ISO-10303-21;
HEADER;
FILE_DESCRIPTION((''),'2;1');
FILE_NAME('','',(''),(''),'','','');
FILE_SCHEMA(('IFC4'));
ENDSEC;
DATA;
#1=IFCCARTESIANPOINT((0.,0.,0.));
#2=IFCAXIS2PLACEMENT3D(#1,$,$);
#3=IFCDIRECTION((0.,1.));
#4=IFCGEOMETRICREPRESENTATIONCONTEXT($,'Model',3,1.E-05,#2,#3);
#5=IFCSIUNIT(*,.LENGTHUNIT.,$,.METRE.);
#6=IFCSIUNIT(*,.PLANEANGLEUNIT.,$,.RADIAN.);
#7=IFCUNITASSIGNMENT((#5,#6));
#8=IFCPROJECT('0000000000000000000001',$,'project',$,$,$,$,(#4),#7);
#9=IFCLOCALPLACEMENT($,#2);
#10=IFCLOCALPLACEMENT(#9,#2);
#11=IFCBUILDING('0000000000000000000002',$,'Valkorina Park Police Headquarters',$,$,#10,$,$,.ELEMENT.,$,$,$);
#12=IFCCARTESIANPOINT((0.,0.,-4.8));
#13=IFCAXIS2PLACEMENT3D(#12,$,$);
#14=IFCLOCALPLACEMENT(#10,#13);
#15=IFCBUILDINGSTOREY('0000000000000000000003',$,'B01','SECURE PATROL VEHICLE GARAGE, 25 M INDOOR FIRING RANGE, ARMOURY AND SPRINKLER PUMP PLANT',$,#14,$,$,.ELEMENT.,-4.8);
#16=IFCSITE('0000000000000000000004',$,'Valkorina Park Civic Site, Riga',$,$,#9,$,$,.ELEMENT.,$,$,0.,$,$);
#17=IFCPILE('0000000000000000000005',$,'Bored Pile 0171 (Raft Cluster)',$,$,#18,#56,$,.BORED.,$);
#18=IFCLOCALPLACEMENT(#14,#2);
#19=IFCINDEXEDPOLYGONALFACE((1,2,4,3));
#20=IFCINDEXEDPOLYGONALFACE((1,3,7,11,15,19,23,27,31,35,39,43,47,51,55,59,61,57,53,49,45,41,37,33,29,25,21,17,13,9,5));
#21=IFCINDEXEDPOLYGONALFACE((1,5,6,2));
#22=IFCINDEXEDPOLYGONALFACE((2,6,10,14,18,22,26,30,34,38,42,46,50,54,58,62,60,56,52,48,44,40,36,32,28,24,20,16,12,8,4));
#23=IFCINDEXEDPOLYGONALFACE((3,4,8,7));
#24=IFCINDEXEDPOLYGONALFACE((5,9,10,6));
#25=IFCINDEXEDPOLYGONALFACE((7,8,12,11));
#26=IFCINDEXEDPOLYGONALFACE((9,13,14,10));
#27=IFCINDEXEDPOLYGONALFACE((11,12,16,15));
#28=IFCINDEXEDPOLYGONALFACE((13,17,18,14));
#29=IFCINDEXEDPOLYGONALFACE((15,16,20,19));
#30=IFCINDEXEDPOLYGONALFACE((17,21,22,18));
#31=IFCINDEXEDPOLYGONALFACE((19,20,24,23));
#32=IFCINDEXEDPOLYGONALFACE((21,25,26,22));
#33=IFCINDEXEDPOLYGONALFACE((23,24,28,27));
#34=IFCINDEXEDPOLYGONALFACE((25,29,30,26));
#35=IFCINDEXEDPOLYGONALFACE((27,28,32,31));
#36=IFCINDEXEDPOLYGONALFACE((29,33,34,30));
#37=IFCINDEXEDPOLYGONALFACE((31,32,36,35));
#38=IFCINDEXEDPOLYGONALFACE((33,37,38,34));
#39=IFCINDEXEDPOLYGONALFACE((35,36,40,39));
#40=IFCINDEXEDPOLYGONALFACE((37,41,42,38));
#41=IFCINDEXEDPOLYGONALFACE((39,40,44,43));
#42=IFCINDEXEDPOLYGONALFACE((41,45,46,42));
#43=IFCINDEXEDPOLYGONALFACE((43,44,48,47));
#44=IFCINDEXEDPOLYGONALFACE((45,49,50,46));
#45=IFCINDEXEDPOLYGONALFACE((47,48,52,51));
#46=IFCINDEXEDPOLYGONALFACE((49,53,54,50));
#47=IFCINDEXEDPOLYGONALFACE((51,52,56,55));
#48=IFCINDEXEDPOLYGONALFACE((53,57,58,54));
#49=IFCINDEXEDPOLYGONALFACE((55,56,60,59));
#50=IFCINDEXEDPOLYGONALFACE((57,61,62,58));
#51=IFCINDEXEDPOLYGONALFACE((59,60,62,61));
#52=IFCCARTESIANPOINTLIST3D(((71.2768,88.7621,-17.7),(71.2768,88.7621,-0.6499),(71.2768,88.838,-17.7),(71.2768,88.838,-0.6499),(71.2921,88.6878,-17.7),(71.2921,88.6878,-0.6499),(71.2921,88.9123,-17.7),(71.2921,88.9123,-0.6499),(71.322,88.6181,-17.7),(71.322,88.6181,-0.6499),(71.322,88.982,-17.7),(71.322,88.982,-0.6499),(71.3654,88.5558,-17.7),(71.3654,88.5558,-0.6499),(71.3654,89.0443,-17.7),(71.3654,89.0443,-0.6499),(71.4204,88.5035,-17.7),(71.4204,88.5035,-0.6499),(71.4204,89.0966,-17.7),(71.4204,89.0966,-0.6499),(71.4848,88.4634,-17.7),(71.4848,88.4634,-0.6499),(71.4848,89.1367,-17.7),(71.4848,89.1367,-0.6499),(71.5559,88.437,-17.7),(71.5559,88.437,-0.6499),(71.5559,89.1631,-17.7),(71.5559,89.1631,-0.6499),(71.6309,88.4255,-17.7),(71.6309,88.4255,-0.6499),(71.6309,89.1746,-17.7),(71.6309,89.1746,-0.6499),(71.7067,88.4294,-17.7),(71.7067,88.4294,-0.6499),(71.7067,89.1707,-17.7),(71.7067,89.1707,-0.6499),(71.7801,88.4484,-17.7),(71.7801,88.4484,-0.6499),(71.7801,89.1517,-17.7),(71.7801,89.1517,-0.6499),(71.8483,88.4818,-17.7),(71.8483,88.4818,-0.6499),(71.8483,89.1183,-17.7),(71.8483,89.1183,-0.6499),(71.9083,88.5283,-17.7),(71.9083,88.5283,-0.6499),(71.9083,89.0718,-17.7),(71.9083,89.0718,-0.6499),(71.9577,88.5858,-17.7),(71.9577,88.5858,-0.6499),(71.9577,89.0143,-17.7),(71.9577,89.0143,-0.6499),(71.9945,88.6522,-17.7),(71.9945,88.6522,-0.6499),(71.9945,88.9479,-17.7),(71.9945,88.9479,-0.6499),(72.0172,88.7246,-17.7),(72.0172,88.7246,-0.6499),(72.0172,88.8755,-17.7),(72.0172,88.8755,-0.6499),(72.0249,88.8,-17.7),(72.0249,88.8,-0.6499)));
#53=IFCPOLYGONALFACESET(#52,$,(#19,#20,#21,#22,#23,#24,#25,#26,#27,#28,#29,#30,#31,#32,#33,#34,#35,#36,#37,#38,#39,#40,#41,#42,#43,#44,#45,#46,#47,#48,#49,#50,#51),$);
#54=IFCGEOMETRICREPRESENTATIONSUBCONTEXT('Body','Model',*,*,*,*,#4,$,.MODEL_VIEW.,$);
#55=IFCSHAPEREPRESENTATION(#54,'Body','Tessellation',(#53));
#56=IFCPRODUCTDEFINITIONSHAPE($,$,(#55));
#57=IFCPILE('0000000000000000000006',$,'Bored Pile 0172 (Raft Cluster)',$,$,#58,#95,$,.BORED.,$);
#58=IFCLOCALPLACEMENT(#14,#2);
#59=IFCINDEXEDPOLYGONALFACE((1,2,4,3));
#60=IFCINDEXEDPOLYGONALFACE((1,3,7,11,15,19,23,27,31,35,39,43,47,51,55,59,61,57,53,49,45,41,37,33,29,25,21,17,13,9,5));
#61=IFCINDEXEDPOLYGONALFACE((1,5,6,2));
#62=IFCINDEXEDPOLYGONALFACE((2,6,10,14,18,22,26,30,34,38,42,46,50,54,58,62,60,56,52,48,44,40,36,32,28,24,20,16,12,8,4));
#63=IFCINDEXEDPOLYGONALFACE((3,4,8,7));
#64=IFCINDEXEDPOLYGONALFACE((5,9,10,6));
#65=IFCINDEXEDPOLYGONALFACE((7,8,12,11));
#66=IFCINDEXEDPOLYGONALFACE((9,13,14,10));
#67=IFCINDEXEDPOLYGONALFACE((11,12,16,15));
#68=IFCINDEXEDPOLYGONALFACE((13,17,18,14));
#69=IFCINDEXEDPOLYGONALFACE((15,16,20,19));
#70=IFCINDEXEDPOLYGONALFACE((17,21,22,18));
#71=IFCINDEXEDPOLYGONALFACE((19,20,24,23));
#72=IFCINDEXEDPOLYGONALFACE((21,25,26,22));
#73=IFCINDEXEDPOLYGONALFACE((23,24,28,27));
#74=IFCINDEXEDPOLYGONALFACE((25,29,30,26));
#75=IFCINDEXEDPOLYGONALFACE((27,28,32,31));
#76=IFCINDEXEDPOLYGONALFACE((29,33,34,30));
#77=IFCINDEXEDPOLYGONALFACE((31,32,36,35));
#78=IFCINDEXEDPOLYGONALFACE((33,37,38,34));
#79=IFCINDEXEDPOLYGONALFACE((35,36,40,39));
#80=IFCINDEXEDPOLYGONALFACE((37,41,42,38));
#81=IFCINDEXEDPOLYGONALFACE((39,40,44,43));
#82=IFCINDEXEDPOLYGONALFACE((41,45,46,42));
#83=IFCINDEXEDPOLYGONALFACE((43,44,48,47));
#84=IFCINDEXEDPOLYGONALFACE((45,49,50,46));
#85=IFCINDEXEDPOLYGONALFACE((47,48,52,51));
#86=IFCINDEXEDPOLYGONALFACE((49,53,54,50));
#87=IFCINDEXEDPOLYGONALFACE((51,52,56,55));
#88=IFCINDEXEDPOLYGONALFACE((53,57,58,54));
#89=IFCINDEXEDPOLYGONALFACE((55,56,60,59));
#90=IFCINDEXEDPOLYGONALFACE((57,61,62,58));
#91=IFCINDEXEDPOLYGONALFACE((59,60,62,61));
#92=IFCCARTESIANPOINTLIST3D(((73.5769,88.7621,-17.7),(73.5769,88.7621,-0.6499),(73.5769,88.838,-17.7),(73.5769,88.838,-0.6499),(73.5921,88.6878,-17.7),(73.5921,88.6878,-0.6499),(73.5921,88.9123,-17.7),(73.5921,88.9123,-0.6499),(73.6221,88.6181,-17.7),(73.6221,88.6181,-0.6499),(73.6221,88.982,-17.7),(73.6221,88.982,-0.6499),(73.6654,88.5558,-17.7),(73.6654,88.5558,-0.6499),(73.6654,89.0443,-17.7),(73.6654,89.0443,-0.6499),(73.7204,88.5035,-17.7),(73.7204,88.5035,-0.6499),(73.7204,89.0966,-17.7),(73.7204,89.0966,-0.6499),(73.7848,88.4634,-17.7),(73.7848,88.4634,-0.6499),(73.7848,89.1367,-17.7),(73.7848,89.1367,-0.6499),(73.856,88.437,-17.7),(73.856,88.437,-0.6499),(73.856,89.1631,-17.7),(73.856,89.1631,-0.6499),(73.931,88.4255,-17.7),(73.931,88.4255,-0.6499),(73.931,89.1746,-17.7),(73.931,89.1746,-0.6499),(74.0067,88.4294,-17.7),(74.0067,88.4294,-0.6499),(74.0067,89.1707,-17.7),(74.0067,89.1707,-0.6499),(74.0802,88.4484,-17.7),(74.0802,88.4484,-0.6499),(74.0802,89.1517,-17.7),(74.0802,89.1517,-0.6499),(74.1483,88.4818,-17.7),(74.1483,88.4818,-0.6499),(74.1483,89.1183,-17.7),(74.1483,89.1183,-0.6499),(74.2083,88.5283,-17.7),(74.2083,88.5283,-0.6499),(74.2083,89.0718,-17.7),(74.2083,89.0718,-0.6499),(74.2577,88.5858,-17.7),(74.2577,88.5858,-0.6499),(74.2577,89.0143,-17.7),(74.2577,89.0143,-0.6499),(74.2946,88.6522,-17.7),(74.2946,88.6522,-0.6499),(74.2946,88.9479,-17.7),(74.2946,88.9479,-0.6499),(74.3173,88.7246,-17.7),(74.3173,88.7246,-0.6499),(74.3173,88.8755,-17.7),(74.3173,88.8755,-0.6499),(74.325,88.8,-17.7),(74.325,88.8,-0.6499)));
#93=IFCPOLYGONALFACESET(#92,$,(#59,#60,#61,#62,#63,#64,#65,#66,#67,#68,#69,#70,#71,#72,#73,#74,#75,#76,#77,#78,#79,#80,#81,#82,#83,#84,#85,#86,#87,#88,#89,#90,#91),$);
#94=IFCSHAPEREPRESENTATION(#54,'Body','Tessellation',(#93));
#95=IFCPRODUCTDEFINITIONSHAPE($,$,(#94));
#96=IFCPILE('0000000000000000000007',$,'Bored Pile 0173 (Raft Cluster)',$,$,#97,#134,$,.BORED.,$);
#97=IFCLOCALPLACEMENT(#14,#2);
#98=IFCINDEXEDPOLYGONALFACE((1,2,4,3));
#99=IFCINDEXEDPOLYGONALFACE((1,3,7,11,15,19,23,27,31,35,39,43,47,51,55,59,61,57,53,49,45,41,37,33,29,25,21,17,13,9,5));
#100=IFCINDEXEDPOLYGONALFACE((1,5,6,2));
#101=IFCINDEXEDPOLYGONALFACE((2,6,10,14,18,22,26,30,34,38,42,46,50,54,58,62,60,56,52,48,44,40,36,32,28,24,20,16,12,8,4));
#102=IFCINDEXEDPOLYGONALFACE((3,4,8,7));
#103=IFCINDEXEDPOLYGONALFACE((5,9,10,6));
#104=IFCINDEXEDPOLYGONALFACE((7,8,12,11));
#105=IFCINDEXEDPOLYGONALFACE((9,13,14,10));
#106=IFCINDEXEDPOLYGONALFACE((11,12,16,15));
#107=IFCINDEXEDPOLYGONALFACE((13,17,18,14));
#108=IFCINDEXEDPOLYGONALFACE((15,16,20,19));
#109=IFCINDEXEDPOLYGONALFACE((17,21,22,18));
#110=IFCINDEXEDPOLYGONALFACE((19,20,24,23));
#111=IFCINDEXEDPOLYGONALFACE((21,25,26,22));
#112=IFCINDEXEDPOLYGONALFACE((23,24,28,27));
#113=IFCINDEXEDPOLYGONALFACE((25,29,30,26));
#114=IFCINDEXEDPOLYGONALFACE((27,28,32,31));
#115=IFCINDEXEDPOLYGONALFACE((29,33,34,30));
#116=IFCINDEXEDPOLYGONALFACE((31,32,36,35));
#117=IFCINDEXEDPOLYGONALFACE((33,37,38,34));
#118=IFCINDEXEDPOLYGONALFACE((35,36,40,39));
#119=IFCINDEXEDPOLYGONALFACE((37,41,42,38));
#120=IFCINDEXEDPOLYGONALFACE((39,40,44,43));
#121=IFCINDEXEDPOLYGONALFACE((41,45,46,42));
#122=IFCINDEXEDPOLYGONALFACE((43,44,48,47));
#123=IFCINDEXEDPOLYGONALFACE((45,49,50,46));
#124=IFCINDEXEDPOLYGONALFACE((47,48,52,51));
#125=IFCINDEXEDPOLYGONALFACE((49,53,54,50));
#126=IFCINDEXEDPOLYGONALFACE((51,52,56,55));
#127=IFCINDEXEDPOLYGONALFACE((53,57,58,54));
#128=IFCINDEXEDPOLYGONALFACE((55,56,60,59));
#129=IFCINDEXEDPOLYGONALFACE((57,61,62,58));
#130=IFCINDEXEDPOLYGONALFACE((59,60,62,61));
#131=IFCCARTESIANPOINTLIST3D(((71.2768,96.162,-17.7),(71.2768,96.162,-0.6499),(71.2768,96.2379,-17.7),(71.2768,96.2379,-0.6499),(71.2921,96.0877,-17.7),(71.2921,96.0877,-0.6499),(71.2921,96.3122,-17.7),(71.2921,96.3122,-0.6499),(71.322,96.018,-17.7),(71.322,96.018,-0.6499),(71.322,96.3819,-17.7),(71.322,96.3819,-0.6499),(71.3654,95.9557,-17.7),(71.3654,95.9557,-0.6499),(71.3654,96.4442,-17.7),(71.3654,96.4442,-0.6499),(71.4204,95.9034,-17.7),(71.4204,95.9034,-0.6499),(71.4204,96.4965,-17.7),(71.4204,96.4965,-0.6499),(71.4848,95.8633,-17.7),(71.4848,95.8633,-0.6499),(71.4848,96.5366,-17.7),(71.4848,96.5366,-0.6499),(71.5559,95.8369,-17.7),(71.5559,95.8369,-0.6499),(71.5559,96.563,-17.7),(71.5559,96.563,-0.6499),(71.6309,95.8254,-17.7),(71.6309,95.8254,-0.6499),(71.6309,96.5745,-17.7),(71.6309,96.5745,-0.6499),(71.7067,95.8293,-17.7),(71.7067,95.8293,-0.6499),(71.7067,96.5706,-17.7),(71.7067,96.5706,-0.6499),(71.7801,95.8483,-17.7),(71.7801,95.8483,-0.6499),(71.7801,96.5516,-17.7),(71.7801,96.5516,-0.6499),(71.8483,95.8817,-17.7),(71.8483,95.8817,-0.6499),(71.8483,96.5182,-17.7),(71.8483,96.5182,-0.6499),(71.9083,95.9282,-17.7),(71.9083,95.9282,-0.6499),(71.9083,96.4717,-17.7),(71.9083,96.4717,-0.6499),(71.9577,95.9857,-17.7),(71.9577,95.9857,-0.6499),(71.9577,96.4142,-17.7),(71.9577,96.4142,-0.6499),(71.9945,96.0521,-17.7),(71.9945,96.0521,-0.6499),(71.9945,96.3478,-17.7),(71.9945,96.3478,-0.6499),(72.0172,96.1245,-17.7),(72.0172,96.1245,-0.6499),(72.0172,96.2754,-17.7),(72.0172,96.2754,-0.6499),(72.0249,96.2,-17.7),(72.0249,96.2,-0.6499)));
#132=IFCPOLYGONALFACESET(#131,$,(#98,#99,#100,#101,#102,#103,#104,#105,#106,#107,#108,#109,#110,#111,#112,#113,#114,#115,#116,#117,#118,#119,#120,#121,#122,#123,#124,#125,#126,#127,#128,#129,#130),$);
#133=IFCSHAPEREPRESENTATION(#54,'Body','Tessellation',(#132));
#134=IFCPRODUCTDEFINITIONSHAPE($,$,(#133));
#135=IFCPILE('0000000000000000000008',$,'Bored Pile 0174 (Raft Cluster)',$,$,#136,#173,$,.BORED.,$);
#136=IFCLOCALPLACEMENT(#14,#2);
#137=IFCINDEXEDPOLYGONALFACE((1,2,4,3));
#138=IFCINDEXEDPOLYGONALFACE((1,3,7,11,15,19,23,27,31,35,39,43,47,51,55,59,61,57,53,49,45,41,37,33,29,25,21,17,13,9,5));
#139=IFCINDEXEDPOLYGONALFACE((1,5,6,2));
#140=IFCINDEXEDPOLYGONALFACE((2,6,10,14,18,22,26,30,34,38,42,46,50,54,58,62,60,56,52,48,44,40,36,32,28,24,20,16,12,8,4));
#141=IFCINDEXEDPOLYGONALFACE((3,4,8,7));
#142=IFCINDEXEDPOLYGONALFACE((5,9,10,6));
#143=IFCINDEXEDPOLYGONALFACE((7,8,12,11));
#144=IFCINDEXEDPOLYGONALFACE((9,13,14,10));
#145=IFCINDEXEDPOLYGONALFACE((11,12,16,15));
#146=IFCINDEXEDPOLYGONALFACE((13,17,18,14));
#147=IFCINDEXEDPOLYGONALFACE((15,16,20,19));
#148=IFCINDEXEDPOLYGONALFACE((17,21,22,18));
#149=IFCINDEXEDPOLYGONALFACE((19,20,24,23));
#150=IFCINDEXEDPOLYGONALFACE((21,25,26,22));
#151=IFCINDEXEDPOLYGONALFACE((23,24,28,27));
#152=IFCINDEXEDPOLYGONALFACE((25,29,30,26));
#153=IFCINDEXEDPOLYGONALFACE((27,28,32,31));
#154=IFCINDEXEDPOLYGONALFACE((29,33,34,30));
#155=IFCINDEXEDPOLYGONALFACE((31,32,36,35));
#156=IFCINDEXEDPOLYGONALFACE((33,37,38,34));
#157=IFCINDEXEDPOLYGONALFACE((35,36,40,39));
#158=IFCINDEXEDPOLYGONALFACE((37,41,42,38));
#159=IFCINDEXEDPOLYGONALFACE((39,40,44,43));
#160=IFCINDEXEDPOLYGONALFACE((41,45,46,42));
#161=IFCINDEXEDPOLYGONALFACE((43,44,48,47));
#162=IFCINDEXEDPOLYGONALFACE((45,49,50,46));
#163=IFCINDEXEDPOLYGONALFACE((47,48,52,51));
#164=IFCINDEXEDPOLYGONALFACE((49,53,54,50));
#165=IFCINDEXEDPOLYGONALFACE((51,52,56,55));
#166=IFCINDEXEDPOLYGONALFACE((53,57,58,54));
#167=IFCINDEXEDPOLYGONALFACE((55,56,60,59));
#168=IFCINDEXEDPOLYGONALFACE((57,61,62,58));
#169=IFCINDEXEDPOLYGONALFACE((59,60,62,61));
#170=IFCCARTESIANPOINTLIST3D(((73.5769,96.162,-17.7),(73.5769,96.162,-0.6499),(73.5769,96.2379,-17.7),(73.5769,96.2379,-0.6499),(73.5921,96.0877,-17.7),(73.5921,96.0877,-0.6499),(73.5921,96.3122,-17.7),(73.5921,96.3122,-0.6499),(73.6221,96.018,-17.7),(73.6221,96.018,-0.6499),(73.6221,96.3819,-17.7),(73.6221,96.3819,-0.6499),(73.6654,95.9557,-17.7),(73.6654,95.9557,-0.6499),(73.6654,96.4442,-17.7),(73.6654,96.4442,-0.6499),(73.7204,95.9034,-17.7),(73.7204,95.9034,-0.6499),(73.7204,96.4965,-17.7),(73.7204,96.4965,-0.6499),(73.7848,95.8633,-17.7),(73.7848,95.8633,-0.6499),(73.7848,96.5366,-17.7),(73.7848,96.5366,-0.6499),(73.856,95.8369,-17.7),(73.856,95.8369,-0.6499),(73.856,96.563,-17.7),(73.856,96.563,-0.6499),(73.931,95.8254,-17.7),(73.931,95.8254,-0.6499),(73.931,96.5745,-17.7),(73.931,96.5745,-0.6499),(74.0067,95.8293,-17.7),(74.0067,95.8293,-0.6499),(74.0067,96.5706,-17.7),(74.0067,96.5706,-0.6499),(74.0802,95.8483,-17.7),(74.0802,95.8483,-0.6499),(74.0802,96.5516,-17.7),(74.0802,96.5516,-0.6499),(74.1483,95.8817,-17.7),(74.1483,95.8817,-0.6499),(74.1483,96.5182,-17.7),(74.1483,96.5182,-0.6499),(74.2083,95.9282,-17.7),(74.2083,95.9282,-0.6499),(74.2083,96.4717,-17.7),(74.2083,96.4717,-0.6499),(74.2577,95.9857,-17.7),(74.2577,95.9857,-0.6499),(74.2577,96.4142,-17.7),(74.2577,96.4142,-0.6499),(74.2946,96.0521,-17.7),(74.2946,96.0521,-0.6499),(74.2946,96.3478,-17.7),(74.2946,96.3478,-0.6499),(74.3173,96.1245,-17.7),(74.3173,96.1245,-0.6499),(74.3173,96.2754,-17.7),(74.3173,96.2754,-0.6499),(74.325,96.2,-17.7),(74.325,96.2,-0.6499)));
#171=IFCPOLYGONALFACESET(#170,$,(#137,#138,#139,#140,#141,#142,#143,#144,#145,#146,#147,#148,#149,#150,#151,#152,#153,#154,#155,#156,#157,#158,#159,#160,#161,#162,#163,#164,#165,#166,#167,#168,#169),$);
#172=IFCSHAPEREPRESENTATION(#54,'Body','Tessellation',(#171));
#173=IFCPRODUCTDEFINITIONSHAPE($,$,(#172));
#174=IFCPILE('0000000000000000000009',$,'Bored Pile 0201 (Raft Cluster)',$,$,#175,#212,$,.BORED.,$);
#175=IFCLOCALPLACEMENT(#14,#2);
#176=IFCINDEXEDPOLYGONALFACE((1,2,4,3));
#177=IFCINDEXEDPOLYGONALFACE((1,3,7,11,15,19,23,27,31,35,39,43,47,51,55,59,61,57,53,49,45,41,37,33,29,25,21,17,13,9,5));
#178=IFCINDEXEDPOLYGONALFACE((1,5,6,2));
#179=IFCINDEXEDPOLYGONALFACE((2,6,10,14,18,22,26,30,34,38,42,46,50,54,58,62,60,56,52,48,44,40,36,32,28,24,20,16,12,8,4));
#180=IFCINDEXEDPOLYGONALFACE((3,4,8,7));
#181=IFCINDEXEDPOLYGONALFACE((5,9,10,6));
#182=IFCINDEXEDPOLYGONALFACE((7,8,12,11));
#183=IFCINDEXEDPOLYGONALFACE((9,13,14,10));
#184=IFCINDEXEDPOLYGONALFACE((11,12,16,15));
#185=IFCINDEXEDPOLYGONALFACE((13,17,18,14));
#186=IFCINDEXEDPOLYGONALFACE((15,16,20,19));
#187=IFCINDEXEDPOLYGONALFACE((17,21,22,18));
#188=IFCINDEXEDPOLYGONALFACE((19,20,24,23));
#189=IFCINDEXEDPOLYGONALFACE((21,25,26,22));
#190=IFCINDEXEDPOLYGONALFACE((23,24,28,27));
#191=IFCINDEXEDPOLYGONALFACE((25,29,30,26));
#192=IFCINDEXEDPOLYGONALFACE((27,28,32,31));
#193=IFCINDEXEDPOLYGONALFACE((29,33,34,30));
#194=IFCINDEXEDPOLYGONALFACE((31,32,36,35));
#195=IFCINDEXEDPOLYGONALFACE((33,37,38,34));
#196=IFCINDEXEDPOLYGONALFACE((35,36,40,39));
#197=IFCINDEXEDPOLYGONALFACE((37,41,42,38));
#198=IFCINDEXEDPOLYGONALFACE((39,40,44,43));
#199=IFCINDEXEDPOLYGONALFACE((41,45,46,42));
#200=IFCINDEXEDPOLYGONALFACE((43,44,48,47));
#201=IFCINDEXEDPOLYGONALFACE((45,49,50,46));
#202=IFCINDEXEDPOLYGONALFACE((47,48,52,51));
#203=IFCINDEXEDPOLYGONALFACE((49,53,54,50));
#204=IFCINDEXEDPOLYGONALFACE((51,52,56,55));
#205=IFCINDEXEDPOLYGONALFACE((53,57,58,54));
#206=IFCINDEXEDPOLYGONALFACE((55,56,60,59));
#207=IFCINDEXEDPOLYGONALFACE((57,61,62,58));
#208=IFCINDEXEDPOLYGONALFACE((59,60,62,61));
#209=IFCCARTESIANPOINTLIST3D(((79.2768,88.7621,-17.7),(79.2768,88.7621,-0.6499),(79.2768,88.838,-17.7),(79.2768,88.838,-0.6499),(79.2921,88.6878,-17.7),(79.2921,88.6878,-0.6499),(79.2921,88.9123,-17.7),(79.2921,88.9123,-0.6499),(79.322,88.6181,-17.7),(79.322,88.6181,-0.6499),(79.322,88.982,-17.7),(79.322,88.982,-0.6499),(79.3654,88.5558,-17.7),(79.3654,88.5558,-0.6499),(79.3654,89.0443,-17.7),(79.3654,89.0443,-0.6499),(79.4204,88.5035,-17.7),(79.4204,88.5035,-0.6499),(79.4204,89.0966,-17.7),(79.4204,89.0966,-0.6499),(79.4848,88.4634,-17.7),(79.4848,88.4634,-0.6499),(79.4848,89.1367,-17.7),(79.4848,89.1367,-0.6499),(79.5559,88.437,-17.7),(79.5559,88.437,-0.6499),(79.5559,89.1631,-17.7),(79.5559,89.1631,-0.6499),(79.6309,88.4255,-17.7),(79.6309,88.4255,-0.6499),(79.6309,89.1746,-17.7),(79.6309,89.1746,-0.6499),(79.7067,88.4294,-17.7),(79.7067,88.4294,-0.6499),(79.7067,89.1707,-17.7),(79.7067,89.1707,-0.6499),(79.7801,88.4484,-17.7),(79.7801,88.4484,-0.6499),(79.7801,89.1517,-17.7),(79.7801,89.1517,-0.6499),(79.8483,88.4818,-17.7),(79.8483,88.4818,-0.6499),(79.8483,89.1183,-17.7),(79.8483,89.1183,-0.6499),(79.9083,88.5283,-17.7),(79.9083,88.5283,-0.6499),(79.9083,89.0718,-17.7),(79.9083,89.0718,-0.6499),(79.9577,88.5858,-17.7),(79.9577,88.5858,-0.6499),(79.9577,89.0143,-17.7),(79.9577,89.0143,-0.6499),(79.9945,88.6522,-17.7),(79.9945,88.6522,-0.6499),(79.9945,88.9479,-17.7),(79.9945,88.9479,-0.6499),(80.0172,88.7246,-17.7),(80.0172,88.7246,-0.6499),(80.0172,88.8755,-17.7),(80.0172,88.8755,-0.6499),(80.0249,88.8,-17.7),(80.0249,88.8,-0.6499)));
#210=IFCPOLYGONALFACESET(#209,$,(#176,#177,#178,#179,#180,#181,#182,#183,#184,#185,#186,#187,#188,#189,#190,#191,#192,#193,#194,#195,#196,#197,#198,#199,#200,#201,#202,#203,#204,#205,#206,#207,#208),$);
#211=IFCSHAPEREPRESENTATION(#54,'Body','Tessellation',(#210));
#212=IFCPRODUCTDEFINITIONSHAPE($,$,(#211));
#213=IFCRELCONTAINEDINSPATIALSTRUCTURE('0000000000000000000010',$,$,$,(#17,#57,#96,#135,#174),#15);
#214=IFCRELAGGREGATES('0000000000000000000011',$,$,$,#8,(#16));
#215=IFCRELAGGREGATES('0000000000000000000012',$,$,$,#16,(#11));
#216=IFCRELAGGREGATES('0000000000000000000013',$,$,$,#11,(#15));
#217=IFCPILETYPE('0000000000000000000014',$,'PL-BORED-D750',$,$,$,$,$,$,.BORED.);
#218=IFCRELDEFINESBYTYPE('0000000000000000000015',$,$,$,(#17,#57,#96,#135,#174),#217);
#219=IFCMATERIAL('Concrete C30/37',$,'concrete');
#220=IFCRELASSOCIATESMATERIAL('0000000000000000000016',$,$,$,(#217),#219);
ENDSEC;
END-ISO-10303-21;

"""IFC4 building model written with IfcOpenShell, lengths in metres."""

from ifc_helpers import new_model, si_unit, direction, frame, origin, origin_2d, place, context, subcontext, project, spatial, circle, extrude, material, material_profile, profile_set, type_object, element, save


model = new_model("IFC4")

# Units and contexts
model_context = context("Model", 3, precision=1e-05, world=origin(), true_north=direction((0.0, 1.0)))
body_context = subcontext(model_context, "Body", "Model", "MODEL_VIEW")
ifc_project = project(units=[si_unit("LENGTHUNIT", "METRE"), si_unit("PLANEANGLEUNIT", "RADIAN")], contexts=[model_context])

# Site, building, storey
site_placement = place(None, origin())
site = spatial("IfcSite", under=ifc_project, at=site_placement, Name="Valkorina Park Civic Site, Riga", CompositionType="ELEMENT", RefElevation=0.0)
building_placement = place(site_placement, origin())
building = spatial("IfcBuilding", under=site, at=building_placement, Name="Valkorina Park Police Headquarters", CompositionType="ELEMENT")
storey_placement = place(building_placement, frame((0.0, 0.0, -4.8)))
storey = spatial("IfcBuildingStorey", under=building, at=storey_placement, Name="B01", Description="SECURE PATROL VEHICLE GARAGE, 25 M INDOOR FIRING RANGE, ARMOURY AND SPRINKLER PUMP PLANT", CompositionType="ELEMENT", Elevation=-4.8)

# Piles
ifc_material_1 = material(Name="Concrete C30/37", Category="concrete")
ifc_material_profile_1 = material_profile(ifc_material_1, circle(Radius=0.375, at=origin_2d()), Name="BORED PILE D750")
ifc_profile_set_1 = profile_set([ifc_material_profile_1], Name="Concrete C30/37")
pile_type_1 = type_object("IfcPileType", Name="PL-BORED-D750", PredefinedType="BORED", material=ifc_profile_set_1)
for number, where, z_axis, x_axis, name in (
    (1, (71.6499, 88.8, -0.6499), (0.0, 0.0, -1.0), (1.0, 0.0, 0.0), "Bored Pile 0171 (Raft Cluster)"),
    (2, (73.95, 88.8, -0.6499), (0.0, 0.0, -1.0), (1.0, 0.0, 0.0), "Bored Pile 0172 (Raft Cluster)"),
    (3, (71.6499, 96.2, -0.6499), (0.0, 0.0, -1.0), (1.0, 0.0, 0.0), "Bored Pile 0173 (Raft Cluster)"),
    (4, (73.95, 96.2, -0.6499), (0.0, 0.0, -1.0), (1.0, 0.0, 0.0), "Bored Pile 0174 (Raft Cluster)"),
    (5, (79.6499, 88.8, -0.6499), (0.0, 0.0, -1.0), (1.0, 0.0, 0.0), "Bored Pile 0201 (Raft Cluster)"),
):
    element("IfcPile", number, at=place(storey_placement, frame(where, z_axis=z_axis, x_axis=x_axis)), inside=storey, type_object=pile_type_1, Name=name, PredefinedType="BORED", context=body_context, shape_type="SweptSolid", body=[
        extrude(circle(Radius=0.375, at=origin_2d()), origin(), (0.0, 0.0, 1.0), 17.05),
    ])

save(model, "model.ifc")
